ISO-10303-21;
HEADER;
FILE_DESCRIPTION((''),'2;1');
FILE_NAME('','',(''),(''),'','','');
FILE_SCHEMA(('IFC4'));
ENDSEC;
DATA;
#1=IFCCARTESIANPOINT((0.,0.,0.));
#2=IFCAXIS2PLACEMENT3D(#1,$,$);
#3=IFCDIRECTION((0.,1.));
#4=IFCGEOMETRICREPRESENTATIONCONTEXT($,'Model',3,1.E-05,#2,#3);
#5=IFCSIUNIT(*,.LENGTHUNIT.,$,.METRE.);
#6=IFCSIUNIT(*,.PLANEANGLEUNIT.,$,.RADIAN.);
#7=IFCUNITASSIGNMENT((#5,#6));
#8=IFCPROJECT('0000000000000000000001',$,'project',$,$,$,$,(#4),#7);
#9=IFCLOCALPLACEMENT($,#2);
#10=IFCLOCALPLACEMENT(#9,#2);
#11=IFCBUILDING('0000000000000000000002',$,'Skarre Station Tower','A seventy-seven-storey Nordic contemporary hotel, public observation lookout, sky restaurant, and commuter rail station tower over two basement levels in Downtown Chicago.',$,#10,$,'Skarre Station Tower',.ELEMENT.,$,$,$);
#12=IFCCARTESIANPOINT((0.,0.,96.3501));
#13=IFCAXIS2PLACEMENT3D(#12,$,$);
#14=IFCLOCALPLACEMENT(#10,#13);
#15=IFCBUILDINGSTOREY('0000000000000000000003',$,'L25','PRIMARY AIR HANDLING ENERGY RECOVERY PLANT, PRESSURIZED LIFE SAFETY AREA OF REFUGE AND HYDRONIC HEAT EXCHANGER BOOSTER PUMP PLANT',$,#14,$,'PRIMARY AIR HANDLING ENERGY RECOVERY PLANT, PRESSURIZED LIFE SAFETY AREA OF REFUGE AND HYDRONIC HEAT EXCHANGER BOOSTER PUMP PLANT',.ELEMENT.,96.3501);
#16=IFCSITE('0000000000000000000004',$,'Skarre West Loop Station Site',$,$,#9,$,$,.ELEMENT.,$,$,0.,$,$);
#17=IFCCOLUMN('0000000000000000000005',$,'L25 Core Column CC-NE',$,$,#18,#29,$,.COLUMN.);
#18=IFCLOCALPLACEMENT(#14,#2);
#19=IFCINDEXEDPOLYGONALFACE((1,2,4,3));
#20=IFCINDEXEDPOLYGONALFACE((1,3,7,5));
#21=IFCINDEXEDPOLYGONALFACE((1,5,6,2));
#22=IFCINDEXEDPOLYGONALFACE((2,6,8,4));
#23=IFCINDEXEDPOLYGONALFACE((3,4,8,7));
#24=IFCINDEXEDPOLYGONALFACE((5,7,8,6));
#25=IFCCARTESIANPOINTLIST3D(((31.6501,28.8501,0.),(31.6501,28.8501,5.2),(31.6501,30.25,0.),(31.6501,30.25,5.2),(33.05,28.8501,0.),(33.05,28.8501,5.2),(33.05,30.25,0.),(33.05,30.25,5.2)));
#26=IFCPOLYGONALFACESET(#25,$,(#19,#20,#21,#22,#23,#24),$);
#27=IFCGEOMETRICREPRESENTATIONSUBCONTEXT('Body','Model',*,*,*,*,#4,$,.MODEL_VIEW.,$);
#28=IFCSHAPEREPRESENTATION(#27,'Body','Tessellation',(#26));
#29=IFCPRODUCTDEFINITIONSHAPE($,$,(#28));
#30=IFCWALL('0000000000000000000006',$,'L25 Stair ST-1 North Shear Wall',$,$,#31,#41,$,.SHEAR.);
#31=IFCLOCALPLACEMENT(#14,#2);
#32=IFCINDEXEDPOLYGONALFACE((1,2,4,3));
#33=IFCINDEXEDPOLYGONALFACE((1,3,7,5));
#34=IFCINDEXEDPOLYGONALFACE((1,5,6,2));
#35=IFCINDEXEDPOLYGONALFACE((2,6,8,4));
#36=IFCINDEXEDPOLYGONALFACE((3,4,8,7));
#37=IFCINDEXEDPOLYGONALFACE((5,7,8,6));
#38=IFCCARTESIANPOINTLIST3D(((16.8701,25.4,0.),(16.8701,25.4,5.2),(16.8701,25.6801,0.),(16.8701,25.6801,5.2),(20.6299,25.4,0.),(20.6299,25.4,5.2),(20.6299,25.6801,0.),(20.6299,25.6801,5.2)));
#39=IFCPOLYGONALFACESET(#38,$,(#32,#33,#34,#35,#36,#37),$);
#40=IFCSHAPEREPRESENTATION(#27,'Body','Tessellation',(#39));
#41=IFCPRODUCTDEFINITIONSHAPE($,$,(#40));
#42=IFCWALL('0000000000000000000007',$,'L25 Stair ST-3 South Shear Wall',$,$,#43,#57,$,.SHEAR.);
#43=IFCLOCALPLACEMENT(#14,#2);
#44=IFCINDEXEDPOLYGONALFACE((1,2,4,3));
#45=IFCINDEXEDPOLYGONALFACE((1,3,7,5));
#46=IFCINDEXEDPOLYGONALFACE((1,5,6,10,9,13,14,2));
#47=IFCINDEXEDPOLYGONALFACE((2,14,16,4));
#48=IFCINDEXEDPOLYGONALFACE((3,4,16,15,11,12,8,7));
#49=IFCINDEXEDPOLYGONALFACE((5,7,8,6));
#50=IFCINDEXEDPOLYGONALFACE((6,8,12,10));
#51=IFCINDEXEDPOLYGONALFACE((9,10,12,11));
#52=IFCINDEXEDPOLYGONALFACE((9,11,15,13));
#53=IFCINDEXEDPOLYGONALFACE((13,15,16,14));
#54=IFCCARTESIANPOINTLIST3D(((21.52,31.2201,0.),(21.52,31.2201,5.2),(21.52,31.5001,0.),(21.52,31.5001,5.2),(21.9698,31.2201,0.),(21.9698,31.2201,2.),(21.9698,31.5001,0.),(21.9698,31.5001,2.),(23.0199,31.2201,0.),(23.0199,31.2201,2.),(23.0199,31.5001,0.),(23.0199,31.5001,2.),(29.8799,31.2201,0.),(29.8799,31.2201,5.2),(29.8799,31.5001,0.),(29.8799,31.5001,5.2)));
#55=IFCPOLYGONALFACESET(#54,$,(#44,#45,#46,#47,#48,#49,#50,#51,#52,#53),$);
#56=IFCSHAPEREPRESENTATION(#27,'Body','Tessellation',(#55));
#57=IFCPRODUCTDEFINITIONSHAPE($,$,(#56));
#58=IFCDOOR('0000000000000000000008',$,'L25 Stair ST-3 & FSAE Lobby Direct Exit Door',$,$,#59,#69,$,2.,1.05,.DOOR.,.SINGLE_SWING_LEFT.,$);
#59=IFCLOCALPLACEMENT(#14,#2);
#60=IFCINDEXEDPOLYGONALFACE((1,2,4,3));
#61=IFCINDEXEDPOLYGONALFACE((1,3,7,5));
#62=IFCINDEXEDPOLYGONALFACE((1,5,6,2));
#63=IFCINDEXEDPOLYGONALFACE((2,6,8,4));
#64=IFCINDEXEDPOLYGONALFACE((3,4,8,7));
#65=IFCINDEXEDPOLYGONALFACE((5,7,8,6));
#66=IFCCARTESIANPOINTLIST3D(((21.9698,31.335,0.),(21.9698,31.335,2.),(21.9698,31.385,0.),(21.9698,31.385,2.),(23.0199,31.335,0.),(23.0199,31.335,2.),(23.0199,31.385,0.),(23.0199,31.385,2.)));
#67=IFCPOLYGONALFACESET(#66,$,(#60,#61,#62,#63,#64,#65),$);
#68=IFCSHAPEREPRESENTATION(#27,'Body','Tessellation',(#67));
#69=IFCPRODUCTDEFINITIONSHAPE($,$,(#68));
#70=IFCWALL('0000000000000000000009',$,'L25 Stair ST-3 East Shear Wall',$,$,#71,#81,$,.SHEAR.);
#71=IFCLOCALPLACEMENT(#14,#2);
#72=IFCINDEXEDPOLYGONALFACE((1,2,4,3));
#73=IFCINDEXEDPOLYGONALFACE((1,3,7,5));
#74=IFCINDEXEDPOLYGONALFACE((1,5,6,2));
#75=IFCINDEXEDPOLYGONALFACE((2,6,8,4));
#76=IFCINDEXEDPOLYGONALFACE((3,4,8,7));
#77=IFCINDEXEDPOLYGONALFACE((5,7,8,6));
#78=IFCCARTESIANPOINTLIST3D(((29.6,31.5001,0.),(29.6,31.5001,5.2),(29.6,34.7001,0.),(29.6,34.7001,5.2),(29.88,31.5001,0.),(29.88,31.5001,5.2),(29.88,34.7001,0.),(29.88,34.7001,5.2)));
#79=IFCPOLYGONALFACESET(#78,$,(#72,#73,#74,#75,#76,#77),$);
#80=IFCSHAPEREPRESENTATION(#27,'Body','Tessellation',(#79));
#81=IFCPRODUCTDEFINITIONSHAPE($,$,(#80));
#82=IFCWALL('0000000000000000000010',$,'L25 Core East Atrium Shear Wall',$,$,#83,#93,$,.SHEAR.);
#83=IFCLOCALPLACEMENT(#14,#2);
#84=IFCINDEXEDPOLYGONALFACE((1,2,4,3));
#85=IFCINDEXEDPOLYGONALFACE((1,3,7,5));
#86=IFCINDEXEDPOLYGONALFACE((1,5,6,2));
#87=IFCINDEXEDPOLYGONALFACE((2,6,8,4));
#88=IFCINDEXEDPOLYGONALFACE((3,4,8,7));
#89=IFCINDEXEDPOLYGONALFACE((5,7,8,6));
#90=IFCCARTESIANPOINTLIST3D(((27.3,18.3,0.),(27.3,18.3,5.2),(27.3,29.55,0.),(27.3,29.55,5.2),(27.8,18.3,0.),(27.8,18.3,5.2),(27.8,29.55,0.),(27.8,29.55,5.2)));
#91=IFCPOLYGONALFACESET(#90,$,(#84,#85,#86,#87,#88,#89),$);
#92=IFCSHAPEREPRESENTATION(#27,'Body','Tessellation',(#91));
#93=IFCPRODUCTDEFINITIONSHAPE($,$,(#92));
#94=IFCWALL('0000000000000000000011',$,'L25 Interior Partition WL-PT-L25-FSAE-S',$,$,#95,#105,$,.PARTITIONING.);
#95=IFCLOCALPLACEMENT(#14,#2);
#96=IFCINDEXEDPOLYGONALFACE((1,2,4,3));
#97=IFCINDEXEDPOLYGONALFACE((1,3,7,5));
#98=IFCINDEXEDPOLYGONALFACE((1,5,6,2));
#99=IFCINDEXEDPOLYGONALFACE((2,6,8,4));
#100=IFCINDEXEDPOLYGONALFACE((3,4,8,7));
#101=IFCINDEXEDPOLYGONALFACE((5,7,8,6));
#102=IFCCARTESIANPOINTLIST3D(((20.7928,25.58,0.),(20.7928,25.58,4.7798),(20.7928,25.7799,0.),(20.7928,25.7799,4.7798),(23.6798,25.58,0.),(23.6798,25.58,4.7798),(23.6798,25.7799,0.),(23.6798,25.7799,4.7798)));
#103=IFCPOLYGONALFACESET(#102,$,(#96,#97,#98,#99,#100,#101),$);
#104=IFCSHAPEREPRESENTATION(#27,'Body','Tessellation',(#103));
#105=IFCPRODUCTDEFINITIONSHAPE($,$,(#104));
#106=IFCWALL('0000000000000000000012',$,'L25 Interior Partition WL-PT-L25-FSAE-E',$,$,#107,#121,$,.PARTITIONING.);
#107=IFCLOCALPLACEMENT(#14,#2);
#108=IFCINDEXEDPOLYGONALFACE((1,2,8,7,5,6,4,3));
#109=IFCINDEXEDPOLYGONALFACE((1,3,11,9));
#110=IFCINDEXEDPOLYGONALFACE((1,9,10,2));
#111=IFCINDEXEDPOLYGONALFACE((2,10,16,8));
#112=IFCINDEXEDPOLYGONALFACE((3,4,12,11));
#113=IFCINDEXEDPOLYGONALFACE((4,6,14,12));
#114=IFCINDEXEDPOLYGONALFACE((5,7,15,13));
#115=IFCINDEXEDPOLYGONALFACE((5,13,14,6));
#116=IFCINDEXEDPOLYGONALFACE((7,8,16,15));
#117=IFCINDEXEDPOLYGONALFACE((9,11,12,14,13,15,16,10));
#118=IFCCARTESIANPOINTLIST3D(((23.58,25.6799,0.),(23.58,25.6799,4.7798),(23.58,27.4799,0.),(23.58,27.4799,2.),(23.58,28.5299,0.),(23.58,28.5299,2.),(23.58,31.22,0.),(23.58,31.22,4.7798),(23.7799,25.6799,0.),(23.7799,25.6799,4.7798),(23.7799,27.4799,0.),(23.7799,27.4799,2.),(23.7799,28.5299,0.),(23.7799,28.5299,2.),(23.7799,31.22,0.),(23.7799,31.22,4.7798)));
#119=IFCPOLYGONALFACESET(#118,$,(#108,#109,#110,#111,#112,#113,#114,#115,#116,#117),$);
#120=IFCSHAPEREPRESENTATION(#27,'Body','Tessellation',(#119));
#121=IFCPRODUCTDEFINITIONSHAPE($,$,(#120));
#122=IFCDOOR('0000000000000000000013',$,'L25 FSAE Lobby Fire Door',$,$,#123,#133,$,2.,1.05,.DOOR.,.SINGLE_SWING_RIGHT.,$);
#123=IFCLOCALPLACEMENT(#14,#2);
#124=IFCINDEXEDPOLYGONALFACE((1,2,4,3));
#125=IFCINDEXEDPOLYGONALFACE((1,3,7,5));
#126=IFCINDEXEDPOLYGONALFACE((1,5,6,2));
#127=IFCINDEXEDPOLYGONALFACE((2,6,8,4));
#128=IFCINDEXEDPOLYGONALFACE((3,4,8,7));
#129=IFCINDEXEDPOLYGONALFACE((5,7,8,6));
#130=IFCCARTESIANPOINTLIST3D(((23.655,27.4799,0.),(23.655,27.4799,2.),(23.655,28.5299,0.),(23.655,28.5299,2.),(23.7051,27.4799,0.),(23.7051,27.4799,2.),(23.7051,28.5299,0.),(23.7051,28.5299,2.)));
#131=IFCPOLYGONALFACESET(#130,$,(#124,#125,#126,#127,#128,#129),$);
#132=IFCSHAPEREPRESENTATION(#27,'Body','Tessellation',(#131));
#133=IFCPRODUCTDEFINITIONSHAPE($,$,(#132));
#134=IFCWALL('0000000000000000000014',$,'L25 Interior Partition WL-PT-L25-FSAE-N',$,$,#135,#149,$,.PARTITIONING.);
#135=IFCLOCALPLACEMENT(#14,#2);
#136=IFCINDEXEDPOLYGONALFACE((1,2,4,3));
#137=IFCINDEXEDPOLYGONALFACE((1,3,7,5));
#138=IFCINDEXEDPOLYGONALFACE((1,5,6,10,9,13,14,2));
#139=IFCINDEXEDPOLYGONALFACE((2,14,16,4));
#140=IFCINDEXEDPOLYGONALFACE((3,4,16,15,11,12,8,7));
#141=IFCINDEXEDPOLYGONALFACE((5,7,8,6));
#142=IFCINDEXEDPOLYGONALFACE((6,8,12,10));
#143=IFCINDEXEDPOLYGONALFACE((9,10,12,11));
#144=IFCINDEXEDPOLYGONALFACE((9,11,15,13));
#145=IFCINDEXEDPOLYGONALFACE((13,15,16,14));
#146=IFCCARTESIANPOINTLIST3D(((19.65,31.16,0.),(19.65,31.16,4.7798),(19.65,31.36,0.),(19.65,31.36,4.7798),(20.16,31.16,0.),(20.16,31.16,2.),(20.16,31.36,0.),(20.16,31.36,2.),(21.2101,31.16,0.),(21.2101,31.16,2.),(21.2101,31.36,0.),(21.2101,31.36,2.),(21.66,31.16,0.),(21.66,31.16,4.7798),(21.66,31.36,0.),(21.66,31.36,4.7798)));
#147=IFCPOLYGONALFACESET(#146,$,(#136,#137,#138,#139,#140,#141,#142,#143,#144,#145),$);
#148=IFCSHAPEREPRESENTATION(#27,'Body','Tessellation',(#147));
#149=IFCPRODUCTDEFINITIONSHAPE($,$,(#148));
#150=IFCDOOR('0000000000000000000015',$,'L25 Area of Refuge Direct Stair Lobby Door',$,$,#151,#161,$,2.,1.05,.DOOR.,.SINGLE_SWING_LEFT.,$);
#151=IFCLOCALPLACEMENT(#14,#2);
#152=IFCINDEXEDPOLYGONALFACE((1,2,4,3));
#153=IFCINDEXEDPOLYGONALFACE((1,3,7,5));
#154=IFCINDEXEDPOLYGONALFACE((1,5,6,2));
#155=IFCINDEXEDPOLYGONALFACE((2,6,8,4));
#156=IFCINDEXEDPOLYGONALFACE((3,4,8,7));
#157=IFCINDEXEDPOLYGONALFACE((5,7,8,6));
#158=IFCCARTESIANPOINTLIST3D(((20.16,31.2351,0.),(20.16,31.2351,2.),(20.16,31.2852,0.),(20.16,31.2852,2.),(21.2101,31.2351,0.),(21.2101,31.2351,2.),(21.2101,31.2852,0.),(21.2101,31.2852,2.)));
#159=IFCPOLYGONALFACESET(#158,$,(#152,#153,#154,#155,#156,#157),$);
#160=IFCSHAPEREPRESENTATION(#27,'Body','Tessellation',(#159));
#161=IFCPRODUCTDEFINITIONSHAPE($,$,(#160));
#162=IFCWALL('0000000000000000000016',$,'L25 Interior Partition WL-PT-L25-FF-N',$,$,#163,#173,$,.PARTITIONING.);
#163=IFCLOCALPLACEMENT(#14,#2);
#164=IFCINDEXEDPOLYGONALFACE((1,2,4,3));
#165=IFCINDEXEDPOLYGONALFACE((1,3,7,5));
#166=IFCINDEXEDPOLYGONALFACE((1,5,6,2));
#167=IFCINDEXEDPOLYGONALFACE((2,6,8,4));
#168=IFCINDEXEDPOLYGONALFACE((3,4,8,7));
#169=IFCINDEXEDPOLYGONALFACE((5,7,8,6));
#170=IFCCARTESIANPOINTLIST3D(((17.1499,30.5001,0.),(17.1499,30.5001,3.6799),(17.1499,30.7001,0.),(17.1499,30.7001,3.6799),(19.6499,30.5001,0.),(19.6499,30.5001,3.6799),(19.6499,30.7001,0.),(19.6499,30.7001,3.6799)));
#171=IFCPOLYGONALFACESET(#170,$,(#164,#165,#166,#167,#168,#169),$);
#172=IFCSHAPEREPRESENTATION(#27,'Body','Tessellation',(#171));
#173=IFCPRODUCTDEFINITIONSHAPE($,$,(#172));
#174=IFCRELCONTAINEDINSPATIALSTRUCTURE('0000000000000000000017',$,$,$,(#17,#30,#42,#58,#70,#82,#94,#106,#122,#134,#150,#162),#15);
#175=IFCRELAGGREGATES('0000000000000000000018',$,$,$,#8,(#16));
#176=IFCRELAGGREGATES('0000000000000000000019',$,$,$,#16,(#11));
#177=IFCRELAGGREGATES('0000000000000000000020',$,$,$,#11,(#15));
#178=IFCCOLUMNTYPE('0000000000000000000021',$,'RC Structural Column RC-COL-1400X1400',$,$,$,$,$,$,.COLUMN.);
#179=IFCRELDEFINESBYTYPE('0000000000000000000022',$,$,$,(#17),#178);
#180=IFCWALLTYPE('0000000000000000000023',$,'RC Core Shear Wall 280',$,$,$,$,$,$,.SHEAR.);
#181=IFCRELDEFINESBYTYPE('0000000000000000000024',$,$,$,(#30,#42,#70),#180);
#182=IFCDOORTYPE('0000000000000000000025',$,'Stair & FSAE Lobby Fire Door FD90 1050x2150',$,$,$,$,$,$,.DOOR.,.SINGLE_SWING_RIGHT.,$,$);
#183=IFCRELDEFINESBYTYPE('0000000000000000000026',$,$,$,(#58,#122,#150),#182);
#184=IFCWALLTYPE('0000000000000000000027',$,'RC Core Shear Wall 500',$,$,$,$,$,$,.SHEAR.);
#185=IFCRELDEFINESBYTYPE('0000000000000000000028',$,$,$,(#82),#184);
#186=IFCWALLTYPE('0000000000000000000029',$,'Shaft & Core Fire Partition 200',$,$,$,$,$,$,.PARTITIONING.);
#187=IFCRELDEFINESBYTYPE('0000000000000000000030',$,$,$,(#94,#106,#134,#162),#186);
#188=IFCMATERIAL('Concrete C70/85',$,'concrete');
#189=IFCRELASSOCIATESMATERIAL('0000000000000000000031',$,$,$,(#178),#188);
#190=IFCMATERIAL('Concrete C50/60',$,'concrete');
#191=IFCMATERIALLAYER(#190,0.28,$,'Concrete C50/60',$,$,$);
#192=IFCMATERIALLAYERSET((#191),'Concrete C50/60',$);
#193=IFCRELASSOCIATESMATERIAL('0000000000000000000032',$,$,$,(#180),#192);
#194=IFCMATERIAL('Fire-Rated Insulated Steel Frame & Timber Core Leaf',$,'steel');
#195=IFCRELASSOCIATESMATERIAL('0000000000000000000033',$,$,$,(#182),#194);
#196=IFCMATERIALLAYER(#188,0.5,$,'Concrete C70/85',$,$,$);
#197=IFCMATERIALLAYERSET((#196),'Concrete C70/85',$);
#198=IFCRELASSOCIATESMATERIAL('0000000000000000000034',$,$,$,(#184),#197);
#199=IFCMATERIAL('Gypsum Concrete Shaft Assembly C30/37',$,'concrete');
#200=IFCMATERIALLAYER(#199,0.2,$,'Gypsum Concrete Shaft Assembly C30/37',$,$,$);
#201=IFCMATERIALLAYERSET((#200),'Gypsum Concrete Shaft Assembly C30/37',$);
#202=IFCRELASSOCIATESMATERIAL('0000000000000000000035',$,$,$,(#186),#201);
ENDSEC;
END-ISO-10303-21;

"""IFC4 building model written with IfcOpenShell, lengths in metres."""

from ifc_helpers import new_model, si_unit, direction, frame, frame_2d, origin, origin_2d, place, context, subcontext, project, spatial, rectangle, extrude, material, layer, layer_set, material_profile, profile_set, type_object, element, fill, save


model = new_model("IFC4")

# Units and contexts
model_context = context("Model", 3, precision=1e-05, world=origin(), true_north=direction((0.0, 1.0)))
body_context = subcontext(model_context, "Body", "Model", "MODEL_VIEW")
ifc_project = project(units=[si_unit("LENGTHUNIT", "METRE"), si_unit("PLANEANGLEUNIT", "RADIAN")], contexts=[model_context])

# Site, building, storey
site_placement = place(None, origin())
site = spatial("IfcSite", under=ifc_project, at=site_placement, Name="Skarre West Loop Station Site", CompositionType="ELEMENT", RefElevation=0.0)
building_placement = place(site_placement, origin())
building = spatial("IfcBuilding", under=site, at=building_placement, Name="Skarre Station Tower", Description="A seventy-seven-storey Nordic contemporary hotel, public observation lookout, sky restaurant, and commuter rail station tower over two basement levels in Downtown Chicago.", LongName="Skarre Station Tower", CompositionType="ELEMENT")
storey_placement = place(building_placement, frame((0.0, 0.0, 96.3501)))
storey = spatial("IfcBuildingStorey", under=building, at=storey_placement, Name="L25", Description="PRIMARY AIR HANDLING ENERGY RECOVERY PLANT, PRESSURIZED LIFE SAFETY AREA OF REFUGE AND HYDRONIC HEAT EXCHANGER BOOSTER PUMP PLANT", LongName="PRIMARY AIR HANDLING ENERGY RECOVERY PLANT, PRESSURIZED LIFE SAFETY AREA OF REFUGE AND HYDRONIC HEAT EXCHANGER BOOSTER PUMP PLANT", CompositionType="ELEMENT", Elevation=96.3501)

# Column
ifc_material_1 = material(Name="Concrete C70/85", Category="concrete")
ifc_material_profile = material_profile(ifc_material_1, rectangle(XDim=1.3999, YDim=1.3999, at=origin_2d()), Name="Concrete C70/85")
ifc_profile_set = profile_set([ifc_material_profile], Name="Concrete C70/85")
column_type = type_object("IfcColumnType", Name="RC Structural Column RC-COL-1400X1400", PredefinedType="COLUMN", material=ifc_profile_set)
column_placement = place(storey_placement, frame((32.3501, 29.55, 0.0), z_axis=(0.0, 0.0, 1.0), x_axis=(1.0, 0.0, 0.0)))
element("IfcColumn", 1, at=column_placement, inside=storey, type_object=column_type, Name="L25 Core Column CC-NE", PredefinedType="COLUMN", context=body_context, shape_type="SweptSolid", body=[
    extrude(rectangle(XDim=1.3999, YDim=1.3999, at=origin_2d()), origin(), (0.0, 0.0, 1.0), 5.2),
])

# Wall
ifc_material_2 = material(Name="Concrete C50/60", Category="concrete")
ifc_layer_1 = layer(ifc_material_2, 0.28, Name="Concrete C50/60")
ifc_layer_set_1 = layer_set([ifc_layer_1], Name="Concrete C50/60")
wall_type_1 = type_object("IfcWallType", Name="RC Core Shear Wall 280", PredefinedType="SHEAR", material=ifc_layer_set_1)
wall_1_placement = place(storey_placement, frame((20.6299, 25.54, 0.0), z_axis=(0.0, 0.0, 1.0), x_axis=(-1.0, 0.0, 0.0)))
element("IfcWall", 2, at=wall_1_placement, inside=storey, type_object=wall_type_1, Name="L25 Stair ST-1 North Shear Wall", PredefinedType="SHEAR", context=body_context, shape_type="SweptSolid", body=[
    extrude(rectangle(XDim=3.7598, YDim=0.28, at=frame_2d((1.8799, 0.0))), origin(), (0.0, 0.0, 1.0), 5.2),
])

# Wall, opening, door
wall_2_placement = place(storey_placement, frame((21.52, 31.3601, 0.0), z_axis=(0.0, 0.0, 1.0), x_axis=(1.0, 0.0, 0.0)))
wall_2 = element("IfcWall", 3, at=wall_2_placement, inside=storey, type_object=wall_type_1, Name="L25 Stair ST-3 South Shear Wall", PredefinedType="SHEAR", context=body_context, shape_type="SweptSolid", body=[
    extrude(rectangle(XDim=8.3599, YDim=0.28, at=frame_2d((4.1799, 0.0))), origin(), (0.0, 0.0, 1.0), 5.2),
])
opening_1_placement = place(wall_2_placement, frame((0.45, 0.0, 0.0)))
opening_1 = element("IfcOpeningElement", 4, at=opening_1_placement, cuts=wall_2, PredefinedType="OPENING", context=body_context, shape_type="SweptSolid", body=[
    extrude(rectangle(XDim=1.05, YDim=2.0, at=frame_2d((0.5249, 1.0))), frame((0.0, 0.1499, 0.0), z_axis=(0.0, -1.0, 0.0), x_axis=(1.0, 0.0, 0.0)), (0.0, 0.0, 1.0), 0.3),
])
ifc_material_3 = material(Name="Fire-Rated Insulated Steel Frame & Timber Core Leaf", Category="steel")
door_type = type_object("IfcDoorType", Name="Stair & FSAE Lobby Fire Door FD90 1050x2150", OperationType="SINGLE_SWING_RIGHT", PredefinedType="DOOR", material=ifc_material_3)
door_1_placement = place(opening_1_placement, origin())
door_1 = element("IfcDoor", 5, at=door_1_placement, inside=storey, type_object=door_type, Name="L25 Stair ST-3 & FSAE Lobby Direct Exit Door", OperationType="SINGLE_SWING_LEFT", OverallHeight=2.0, OverallWidth=1.05, PredefinedType="DOOR", context=body_context, shape_type="SweptSolid", body=[
    extrude(rectangle(XDim=1.05, YDim=2.0, at=frame_2d((0.5249, 1.0))), frame((0.0, 0.0249, 0.0), z_axis=(0.0, -1.0, 0.0), x_axis=(1.0, 0.0, 0.0)), (0.0, 0.0, 1.0), 0.05),
])
fill(opening_1, door_1)

# Walls
wall_3_placement = place(storey_placement, frame((29.74, 31.5, 0.0), z_axis=(0.0, 0.0, 1.0), x_axis=(0.0, 1.0, 0.0)))
element("IfcWall", 6, at=wall_3_placement, inside=storey, type_object=wall_type_1, Name="L25 Stair ST-3 East Shear Wall", PredefinedType="SHEAR", context=body_context, shape_type="SweptSolid", body=[
    extrude(rectangle(XDim=3.2, YDim=0.28, at=frame_2d((1.6001, 0.0))), origin(), (0.0, 0.0, 1.0), 5.2),
])
ifc_layer_2 = layer(ifc_material_1, 0.5, Name="Concrete C70/85")
ifc_layer_set_2 = layer_set([ifc_layer_2], Name="Concrete C70/85")
wall_type_2 = type_object("IfcWallType", Name="RC Core Shear Wall 500", PredefinedType="SHEAR", material=ifc_layer_set_2)
wall_4_placement = place(storey_placement, frame((27.55, 29.55, 0.0), z_axis=(0.0, 0.0, 1.0), x_axis=(0.0, -1.0, 0.0)))
element("IfcWall", 7, at=wall_4_placement, inside=storey, type_object=wall_type_2, Name="L25 Core East Atrium Shear Wall", PredefinedType="SHEAR", context=body_context, shape_type="SweptSolid", body=[
    extrude(rectangle(XDim=11.25, YDim=0.5, at=frame_2d((5.625, 0.0))), origin(), (0.0, 0.0, 1.0), 5.2),
])
ifc_material_4 = material(Name="Gypsum Concrete Shaft Assembly C30/37", Category="concrete")
ifc_layer_3 = layer(ifc_material_4, 0.2, Name="Gypsum Concrete Shaft Assembly C30/37")
ifc_layer_set_3 = layer_set([ifc_layer_3], Name="Gypsum Concrete Shaft Assembly C30/37")
wall_type_3 = type_object("IfcWallType", Name="Shaft & Core Fire Partition 200", PredefinedType="PARTITIONING", material=ifc_layer_set_3)
wall_5_placement = place(storey_placement, frame((20.793, 25.6799, 0.0), z_axis=(0.0, 0.0, 1.0), x_axis=(1.0, 0.0, 0.0)))
element("IfcWall", 8, at=wall_5_placement, inside=storey, type_object=wall_type_3, Name="L25 Interior Partition WL-PT-L25-FSAE-S", PredefinedType="PARTITIONING", context=body_context, shape_type="SweptSolid", body=[
    extrude(rectangle(XDim=2.887, YDim=0.2, at=frame_2d((1.4434, 0.0))), origin(), (0.0, 0.0, 1.0), 4.7798),
])

# Walls, openings, doors
wall_6_placement = place(storey_placement, frame((23.6799, 25.6799, 0.0), z_axis=(0.0, 0.0, 1.0), x_axis=(0.0, 1.0, 0.0)))
wall_6 = element("IfcWall", 9, at=wall_6_placement, inside=storey, type_object=wall_type_3, Name="L25 Interior Partition WL-PT-L25-FSAE-E", PredefinedType="PARTITIONING", context=body_context, shape_type="SweptSolid", body=[
    extrude(rectangle(XDim=5.54, YDim=0.2, at=frame_2d((2.77, 0.0))), origin(), (0.0, 0.0, 1.0), 4.7798),
])
opening_2_placement = place(wall_6_placement, frame((1.8, 0.0, 0.0)))
opening_2 = element("IfcOpeningElement", 10, at=opening_2_placement, cuts=wall_6, PredefinedType="OPENING", context=body_context, shape_type="SweptSolid", body=[
    extrude(rectangle(XDim=1.05, YDim=2.0, at=frame_2d((0.5249, 1.0))), frame((0.0, 0.1099, 0.0), z_axis=(0.0, -1.0, 0.0), x_axis=(1.0, 0.0, 0.0)), (0.0, 0.0, 1.0), 0.22),
])
door_2_placement = place(opening_2_placement, origin())
door_2 = element("IfcDoor", 11, at=door_2_placement, inside=storey, type_object=door_type, Name="L25 FSAE Lobby Fire Door", OperationType="SINGLE_SWING_RIGHT", OverallHeight=2.0, OverallWidth=1.05, PredefinedType="DOOR", context=body_context, shape_type="SweptSolid", body=[
    extrude(rectangle(XDim=1.05, YDim=2.0, at=frame_2d((0.5249, 1.0))), frame((0.0, 0.0249, 0.0), z_axis=(0.0, -1.0, 0.0), x_axis=(1.0, 0.0, 0.0)), (0.0, 0.0, 1.0), 0.05),
])
fill(opening_2, door_2)
wall_7_placement = place(storey_placement, frame((21.6599, 31.26, 0.0), z_axis=(0.0, 0.0, 1.0), x_axis=(-1.0, 0.0, 0.0)))
wall_7 = element("IfcWall", 12, at=wall_7_placement, inside=storey, type_object=wall_type_3, Name="L25 Interior Partition WL-PT-L25-FSAE-N", PredefinedType="PARTITIONING", context=body_context, shape_type="SweptSolid", body=[
    extrude(rectangle(XDim=2.01, YDim=0.2, at=frame_2d((1.0049, 0.0))), origin(), (0.0, 0.0, 1.0), 4.7798),
])
opening_3_placement = place(wall_7_placement, frame((0.45, 0.0, 0.0)))
opening_3 = element("IfcOpeningElement", 13, at=opening_3_placement, cuts=wall_7, PredefinedType="OPENING", context=body_context, shape_type="SweptSolid", body=[
    extrude(rectangle(XDim=1.05, YDim=2.0, at=frame_2d((0.5249, 1.0))), frame((0.0, 0.1099, 0.0), z_axis=(0.0, -1.0, 0.0), x_axis=(1.0, 0.0, 0.0)), (0.0, 0.0, 1.0), 0.22),
])
door_3_placement = place(opening_3_placement, origin())
door_3 = element("IfcDoor", 14, at=door_3_placement, inside=storey, type_object=door_type, Name="L25 Area of Refuge Direct Stair Lobby Door", OperationType="SINGLE_SWING_LEFT", OverallHeight=2.0, OverallWidth=1.05, PredefinedType="DOOR", context=body_context, shape_type="SweptSolid", body=[
    extrude(rectangle(XDim=1.05, YDim=2.0, at=frame_2d((0.5249, 1.0))), frame((0.0, 0.0249, 0.0), z_axis=(0.0, -1.0, 0.0), x_axis=(1.0, 0.0, 0.0)), (0.0, 0.0, 1.0), 0.05),
])
fill(opening_3, door_3)

# Wall
wall_8_placement = place(storey_placement, frame((19.6499, 30.6001, 0.0), z_axis=(0.0, 0.0, 1.0), x_axis=(-1.0, 0.0, 0.0)))
element("IfcWall", 15, at=wall_8_placement, inside=storey, type_object=wall_type_3, Name="L25 Interior Partition WL-PT-L25-FF-N", PredefinedType="PARTITIONING", context=body_context, shape_type="SweptSolid", body=[
    extrude(rectangle(XDim=2.5, YDim=0.2, at=frame_2d((1.25, 0.0))), origin(), (0.0, 0.0, 1.0), 3.6799),
])

save(model, "model.ifc")
